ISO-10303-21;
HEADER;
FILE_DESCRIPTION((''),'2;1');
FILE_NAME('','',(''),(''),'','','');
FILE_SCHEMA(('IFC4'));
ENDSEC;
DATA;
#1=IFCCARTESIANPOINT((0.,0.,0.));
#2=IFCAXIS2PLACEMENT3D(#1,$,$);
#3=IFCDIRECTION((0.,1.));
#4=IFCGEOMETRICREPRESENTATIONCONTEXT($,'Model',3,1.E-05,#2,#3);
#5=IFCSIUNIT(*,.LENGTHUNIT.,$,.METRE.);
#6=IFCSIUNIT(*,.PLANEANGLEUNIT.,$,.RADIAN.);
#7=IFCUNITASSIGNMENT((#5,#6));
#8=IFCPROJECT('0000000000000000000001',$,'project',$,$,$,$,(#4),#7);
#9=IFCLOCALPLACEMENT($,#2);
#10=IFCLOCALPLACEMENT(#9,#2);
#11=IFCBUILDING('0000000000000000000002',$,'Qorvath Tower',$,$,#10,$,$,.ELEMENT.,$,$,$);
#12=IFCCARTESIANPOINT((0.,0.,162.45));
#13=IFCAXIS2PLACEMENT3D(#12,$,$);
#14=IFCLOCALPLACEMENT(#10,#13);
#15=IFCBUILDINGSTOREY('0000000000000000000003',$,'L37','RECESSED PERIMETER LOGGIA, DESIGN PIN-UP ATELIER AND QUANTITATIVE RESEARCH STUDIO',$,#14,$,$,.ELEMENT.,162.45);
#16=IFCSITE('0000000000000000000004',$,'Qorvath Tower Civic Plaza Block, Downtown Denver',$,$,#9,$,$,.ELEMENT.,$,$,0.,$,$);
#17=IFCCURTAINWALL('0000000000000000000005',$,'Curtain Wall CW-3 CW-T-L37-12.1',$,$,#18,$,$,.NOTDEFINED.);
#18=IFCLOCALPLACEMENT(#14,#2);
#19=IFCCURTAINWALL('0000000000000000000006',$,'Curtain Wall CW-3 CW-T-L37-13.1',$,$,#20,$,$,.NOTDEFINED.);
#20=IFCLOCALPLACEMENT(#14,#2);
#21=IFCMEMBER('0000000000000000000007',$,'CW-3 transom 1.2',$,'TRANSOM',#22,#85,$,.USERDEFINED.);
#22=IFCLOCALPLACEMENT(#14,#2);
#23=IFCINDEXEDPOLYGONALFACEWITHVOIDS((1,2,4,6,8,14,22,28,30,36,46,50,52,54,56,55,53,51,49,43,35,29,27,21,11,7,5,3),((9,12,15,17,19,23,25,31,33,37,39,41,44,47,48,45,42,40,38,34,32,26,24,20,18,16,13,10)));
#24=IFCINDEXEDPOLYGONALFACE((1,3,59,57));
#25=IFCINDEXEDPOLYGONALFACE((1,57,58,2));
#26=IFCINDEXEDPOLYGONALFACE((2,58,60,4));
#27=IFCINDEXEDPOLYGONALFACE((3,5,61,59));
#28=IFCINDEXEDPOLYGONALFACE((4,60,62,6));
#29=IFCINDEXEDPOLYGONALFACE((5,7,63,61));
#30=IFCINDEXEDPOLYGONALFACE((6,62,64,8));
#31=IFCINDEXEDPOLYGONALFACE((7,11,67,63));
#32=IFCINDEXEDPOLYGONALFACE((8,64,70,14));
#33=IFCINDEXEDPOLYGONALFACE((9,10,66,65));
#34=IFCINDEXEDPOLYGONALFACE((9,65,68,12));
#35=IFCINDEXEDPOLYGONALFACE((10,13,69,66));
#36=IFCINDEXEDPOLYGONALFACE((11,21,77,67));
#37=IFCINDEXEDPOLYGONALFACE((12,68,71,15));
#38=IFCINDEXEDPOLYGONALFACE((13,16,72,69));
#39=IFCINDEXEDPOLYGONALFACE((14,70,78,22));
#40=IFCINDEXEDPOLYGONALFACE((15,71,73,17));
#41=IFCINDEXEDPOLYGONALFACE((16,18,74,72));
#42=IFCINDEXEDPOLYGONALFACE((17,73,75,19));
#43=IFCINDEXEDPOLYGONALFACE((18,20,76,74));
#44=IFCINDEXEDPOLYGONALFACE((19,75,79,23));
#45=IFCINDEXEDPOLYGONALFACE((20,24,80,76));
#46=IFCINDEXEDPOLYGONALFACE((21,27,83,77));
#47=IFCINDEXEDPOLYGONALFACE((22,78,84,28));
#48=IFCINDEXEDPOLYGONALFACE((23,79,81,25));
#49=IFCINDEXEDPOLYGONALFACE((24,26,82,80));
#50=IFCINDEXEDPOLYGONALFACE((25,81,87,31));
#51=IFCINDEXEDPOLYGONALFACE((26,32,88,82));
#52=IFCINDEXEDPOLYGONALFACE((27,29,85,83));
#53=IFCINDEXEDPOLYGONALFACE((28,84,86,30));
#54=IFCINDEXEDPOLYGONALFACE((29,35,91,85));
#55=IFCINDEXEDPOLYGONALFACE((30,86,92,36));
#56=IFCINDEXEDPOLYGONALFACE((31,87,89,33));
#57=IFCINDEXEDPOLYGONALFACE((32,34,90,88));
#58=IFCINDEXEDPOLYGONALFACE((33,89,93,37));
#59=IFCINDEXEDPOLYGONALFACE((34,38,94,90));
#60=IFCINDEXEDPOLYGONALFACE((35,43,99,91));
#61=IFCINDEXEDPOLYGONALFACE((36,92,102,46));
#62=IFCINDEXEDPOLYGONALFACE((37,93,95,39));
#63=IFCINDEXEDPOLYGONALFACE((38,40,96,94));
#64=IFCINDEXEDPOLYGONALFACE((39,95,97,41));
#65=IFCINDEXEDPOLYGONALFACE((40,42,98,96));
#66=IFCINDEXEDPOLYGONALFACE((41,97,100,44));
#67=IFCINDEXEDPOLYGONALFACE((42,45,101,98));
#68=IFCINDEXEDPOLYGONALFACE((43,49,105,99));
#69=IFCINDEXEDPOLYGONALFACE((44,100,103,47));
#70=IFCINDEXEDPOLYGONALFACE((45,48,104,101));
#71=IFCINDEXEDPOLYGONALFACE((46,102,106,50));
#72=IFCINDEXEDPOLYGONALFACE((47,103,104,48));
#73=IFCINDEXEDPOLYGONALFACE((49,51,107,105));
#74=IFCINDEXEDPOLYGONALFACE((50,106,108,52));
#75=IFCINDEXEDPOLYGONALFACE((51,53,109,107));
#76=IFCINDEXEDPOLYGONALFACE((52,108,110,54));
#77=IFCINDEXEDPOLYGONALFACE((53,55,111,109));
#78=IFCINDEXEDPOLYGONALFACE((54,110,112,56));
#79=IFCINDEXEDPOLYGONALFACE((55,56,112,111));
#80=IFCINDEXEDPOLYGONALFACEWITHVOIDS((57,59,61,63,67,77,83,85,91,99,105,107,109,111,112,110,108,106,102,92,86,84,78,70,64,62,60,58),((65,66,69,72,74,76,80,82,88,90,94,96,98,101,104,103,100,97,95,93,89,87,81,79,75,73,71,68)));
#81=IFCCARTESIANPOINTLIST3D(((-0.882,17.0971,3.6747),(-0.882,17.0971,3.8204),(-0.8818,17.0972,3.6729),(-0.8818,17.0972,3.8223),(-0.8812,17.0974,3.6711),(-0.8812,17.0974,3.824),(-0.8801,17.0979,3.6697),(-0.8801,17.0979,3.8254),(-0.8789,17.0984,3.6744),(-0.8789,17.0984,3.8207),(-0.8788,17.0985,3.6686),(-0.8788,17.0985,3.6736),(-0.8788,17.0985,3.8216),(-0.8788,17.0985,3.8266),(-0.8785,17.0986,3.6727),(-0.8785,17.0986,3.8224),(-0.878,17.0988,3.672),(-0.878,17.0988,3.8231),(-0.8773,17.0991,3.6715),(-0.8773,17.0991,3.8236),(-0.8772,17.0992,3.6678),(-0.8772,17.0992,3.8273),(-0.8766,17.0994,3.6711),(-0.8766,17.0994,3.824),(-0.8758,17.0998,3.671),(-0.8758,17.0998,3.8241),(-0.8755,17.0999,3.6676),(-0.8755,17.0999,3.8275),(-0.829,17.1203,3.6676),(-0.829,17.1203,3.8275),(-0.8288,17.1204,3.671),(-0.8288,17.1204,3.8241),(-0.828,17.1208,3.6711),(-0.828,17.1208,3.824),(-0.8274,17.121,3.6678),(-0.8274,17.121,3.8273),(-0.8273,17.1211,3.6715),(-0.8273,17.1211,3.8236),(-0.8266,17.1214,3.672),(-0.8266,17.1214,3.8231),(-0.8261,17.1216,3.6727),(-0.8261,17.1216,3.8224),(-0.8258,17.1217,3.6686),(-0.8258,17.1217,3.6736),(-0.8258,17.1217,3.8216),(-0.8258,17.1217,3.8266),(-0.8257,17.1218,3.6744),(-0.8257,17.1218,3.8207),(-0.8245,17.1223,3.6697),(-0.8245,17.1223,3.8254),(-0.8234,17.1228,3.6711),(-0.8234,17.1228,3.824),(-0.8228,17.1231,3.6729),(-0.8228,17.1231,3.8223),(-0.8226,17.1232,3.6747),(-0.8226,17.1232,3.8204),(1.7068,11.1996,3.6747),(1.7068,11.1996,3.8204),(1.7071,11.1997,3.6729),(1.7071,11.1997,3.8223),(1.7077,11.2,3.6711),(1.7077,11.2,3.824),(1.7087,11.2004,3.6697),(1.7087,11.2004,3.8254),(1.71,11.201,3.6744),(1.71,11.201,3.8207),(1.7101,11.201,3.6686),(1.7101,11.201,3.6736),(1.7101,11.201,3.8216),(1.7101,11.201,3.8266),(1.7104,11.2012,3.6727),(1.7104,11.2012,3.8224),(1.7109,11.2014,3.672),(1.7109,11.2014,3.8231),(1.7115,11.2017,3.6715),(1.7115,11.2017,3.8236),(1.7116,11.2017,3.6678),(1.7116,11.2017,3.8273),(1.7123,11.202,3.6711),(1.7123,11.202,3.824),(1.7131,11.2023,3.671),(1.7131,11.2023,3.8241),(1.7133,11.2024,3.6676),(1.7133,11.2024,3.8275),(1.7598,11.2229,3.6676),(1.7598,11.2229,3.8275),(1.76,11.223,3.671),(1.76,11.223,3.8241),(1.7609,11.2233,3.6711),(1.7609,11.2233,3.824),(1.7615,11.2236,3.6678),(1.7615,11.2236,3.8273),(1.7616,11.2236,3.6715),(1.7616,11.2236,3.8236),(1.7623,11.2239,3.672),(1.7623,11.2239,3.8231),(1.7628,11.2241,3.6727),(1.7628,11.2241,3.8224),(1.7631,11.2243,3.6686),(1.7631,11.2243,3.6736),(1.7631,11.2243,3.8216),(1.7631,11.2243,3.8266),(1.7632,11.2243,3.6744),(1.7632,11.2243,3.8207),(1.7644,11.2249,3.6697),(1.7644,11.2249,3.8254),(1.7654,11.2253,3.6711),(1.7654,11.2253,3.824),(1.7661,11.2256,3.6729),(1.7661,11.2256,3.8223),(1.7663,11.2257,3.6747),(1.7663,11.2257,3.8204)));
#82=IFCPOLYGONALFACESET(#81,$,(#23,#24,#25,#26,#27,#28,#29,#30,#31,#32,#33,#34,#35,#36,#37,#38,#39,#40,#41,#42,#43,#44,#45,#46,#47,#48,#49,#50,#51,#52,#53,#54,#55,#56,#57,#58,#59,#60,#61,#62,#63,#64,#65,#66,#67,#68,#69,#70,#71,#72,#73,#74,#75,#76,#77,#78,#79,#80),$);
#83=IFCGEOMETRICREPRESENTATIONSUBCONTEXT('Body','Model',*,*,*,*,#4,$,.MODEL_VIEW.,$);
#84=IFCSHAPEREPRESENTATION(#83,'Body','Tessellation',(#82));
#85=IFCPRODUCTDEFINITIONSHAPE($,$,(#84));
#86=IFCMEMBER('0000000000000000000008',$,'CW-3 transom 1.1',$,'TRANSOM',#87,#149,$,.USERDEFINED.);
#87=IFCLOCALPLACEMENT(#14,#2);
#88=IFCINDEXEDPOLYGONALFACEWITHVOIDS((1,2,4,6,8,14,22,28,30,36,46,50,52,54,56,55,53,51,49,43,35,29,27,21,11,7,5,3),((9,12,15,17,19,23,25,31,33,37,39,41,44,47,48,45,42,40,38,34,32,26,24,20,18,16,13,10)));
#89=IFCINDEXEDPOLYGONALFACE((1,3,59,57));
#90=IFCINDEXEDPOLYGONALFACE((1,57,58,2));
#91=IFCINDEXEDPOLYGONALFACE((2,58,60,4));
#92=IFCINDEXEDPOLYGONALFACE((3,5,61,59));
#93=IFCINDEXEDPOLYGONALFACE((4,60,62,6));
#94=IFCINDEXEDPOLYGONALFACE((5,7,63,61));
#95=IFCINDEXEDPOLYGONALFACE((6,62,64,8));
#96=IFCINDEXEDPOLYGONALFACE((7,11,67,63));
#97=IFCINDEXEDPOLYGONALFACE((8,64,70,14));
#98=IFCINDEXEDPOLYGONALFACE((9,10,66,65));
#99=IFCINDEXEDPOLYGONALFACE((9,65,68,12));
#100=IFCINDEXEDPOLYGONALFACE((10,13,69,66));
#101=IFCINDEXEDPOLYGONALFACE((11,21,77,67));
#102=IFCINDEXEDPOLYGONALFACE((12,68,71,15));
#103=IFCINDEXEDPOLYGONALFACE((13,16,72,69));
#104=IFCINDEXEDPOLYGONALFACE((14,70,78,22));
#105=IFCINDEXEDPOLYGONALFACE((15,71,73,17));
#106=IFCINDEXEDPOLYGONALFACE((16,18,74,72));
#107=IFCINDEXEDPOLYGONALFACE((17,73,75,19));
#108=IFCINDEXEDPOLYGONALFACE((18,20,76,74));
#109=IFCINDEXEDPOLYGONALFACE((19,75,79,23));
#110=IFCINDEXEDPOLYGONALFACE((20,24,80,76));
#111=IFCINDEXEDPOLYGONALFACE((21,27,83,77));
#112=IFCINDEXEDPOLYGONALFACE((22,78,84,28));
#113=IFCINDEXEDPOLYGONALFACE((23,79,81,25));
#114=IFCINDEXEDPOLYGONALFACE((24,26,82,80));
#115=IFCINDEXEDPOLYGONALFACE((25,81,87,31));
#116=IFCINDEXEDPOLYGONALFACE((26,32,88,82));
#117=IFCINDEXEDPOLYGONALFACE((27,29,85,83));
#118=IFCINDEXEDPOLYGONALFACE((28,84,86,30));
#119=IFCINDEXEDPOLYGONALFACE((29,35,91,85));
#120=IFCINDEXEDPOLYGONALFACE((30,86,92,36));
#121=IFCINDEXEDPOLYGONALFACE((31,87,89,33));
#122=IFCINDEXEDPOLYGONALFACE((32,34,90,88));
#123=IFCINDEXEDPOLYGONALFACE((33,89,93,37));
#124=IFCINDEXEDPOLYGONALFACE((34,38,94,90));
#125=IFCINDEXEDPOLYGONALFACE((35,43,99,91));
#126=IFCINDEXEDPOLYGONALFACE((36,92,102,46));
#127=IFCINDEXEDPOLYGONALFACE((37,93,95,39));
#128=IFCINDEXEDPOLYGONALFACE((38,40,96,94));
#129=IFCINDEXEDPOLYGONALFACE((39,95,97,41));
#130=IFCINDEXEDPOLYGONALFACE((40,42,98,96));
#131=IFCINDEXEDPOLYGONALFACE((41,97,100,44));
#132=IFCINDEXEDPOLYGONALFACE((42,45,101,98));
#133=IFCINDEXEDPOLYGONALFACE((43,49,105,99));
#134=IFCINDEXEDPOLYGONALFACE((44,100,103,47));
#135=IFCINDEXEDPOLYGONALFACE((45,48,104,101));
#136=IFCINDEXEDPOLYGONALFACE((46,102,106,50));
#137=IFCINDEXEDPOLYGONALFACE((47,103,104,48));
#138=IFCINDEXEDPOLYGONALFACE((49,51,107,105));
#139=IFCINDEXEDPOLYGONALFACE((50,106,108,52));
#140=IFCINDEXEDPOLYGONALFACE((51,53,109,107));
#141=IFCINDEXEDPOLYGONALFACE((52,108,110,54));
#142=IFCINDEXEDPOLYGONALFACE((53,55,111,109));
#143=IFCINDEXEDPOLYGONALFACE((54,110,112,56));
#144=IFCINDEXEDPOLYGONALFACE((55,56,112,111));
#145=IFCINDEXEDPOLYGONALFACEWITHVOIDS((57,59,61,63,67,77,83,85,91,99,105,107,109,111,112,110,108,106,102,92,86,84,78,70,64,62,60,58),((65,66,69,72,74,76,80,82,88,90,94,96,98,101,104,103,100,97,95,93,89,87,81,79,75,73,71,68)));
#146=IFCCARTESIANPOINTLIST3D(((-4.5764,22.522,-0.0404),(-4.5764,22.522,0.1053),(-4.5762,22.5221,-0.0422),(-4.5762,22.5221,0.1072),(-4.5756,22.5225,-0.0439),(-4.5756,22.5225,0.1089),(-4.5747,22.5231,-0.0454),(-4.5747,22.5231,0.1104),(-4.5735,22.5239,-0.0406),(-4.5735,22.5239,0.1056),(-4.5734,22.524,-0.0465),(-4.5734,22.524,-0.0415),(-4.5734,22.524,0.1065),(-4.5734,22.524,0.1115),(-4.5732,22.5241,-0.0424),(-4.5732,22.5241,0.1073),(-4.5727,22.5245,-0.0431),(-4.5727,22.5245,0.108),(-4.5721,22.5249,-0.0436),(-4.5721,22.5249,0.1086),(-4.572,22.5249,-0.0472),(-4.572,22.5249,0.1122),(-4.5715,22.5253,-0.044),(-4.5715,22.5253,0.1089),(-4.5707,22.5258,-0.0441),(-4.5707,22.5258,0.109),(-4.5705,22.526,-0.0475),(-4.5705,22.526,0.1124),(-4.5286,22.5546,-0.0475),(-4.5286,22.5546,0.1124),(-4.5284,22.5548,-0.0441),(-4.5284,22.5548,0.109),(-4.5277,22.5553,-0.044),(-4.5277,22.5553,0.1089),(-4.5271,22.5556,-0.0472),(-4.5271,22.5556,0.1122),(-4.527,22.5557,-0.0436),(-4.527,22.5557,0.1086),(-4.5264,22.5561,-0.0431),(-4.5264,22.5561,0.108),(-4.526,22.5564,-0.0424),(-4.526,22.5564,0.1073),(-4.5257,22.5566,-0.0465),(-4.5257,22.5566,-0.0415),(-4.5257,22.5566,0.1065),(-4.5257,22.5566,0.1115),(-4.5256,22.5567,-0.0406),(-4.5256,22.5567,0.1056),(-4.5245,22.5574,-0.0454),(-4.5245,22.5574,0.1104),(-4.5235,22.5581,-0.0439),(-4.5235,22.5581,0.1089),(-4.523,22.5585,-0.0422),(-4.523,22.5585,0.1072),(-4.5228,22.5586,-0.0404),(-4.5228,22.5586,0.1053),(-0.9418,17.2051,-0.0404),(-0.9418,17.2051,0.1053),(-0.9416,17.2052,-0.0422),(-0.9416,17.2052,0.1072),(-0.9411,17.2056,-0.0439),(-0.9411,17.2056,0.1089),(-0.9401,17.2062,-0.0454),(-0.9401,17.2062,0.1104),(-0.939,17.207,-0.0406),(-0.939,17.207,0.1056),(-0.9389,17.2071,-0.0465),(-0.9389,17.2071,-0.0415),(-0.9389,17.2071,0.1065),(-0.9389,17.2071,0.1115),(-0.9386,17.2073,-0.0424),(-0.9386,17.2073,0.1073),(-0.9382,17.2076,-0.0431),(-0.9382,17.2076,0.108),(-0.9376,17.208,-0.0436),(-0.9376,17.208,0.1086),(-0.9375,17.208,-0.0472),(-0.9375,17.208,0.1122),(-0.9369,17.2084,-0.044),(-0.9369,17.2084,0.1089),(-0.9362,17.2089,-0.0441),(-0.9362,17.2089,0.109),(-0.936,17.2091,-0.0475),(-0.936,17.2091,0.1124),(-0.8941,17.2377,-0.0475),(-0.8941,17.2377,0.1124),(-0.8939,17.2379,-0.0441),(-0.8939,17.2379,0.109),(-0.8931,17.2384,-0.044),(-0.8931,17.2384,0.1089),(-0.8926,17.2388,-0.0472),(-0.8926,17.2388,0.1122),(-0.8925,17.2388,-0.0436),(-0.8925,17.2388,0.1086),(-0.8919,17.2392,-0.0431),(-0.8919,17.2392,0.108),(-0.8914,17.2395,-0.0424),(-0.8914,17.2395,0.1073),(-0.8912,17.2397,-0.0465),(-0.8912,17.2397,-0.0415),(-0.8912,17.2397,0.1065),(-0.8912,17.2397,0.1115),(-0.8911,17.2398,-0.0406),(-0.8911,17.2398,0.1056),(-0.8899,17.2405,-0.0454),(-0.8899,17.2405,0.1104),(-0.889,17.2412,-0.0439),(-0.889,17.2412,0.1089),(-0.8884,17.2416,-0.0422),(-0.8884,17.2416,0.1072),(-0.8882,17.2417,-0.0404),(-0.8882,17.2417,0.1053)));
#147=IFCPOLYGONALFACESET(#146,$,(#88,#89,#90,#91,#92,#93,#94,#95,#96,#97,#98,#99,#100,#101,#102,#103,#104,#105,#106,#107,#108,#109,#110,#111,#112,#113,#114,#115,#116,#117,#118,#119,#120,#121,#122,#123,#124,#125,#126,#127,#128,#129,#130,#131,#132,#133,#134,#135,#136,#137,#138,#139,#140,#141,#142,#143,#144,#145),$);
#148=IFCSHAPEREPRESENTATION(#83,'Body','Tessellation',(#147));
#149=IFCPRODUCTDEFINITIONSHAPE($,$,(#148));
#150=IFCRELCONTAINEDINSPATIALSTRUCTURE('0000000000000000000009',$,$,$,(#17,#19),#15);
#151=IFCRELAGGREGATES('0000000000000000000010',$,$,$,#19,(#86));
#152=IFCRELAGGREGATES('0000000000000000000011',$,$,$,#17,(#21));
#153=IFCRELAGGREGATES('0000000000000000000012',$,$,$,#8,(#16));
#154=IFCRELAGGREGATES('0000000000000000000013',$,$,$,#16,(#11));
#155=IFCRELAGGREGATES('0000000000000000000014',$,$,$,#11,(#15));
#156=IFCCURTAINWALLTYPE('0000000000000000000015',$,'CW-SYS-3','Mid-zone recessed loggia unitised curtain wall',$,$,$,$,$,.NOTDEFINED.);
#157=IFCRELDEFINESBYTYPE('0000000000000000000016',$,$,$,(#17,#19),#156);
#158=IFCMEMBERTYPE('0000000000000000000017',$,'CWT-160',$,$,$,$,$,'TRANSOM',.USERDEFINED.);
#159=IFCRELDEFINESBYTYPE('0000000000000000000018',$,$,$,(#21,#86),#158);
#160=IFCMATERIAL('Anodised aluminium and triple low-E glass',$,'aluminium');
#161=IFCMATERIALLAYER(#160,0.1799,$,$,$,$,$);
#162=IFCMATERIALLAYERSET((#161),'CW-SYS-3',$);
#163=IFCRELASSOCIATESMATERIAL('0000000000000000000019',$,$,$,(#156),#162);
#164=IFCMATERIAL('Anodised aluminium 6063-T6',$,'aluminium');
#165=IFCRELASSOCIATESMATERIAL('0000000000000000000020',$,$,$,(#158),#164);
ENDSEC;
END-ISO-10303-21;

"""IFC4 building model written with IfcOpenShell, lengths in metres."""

from ifc_helpers import new_model, si_unit, direction, frame, origin, origin_2d, place, context, subcontext, project, spatial, hollow_rectangle, extrude, material, layer, layer_set, material_profile, profile_set, type_object, element, aggregate, save


model = new_model("IFC4")

# Units and contexts
model_context = context("Model", 3, precision=1e-05, world=origin(), true_north=direction((0.0, 1.0)))
body_context = subcontext(model_context, "Body", "Model", "MODEL_VIEW")
ifc_project = project(units=[si_unit("LENGTHUNIT", "METRE"), si_unit("PLANEANGLEUNIT", "RADIAN")], contexts=[model_context])

# Site, building, storey
site_placement = place(None, origin())
site = spatial("IfcSite", under=ifc_project, at=site_placement, Name="Qorvath Tower Civic Plaza Block, Downtown Denver", CompositionType="ELEMENT", RefElevation=0.0)
building_placement = place(site_placement, origin())
building = spatial("IfcBuilding", under=site, at=building_placement, Name="Qorvath Tower", CompositionType="ELEMENT")
storey_placement = place(building_placement, frame((0.0, 0.0, 162.45)))
storey = spatial("IfcBuildingStorey", under=building, at=storey_placement, Name="L37", Description="RECESSED PERIMETER LOGGIA, DESIGN PIN-UP ATELIER AND QUANTITATIVE RESEARCH STUDIO", CompositionType="ELEMENT", Elevation=162.45)

# Shared definitions
ifc_material_1 = material(Name="Anodised aluminium and triple low-E glass", Category="aluminium")
ifc_layer_1 = layer(ifc_material_1, 0.1799)
ifc_layer_set_1 = layer_set([ifc_layer_1], Name="CW-SYS-3")
curtain_wall_type = type_object("IfcCurtainWallType", Name="CW-SYS-3", Description="Mid-zone recessed loggia unitised curtain wall", PredefinedType="NOTDEFINED", material=ifc_layer_set_1)

# Curtain wall
curtain_wall_1_placement = place(storey_placement, origin())
curtain_wall_1 = element("IfcCurtainWall", 1, at=curtain_wall_1_placement, inside=storey, type_object=curtain_wall_type, Name="Curtain Wall CW-3 CW-T-L37-12.1", PredefinedType="NOTDEFINED")

# Curtain wall
curtain_wall_2_placement = place(storey_placement, origin())
curtain_wall_2 = element("IfcCurtainWall", 2, at=curtain_wall_2_placement, inside=storey, type_object=curtain_wall_type, Name="Curtain Wall CW-3 CW-T-L37-13.1", PredefinedType="NOTDEFINED")

# Members
ifc_material_2 = material(Name="Anodised aluminium 6063-T6", Category="aluminium")
ifc_material_profile_1 = material_profile(ifc_material_2, hollow_rectangle(XDim=0.0649, YDim=0.1599, WallThickness=0.0034, InnerFilletRadius=0.0034, OuterFilletRadius=0.0071, at=origin_2d()), Name="CWT 160x65")
ifc_profile_set_1 = profile_set([ifc_material_profile_1], Name="Anodised aluminium 6063-T6")
member_type_1 = type_object("IfcMemberType", Name="CWT-160", ElementType="TRANSOM", PredefinedType="USERDEFINED", material=ifc_profile_set_1)
member_1_placement = place(storey_placement, frame((1.7366, 11.2126, 3.7476), z_axis=(-0.401956, 0.915659, 0.0), x_axis=(-0.915659, -0.401956, 0.0)))
member_1 = element("IfcMember", 3, at=member_1_placement, type_object=member_type_1, Name="CW-3 transom 1.2", ObjectType="TRANSOM", PredefinedType="USERDEFINED", context=body_context, shape_type="SweptSolid", body=[
    extrude(hollow_rectangle(XDim=0.0649, YDim=0.1599, WallThickness=0.0034, InnerFilletRadius=0.0034, OuterFilletRadius=0.0071, at=origin_2d()), origin(), (0.0, 0.0, 1.0), 6.4407),
])
member_2_placement = place(storey_placement, frame((-0.915, 17.2234, 0.0325), z_axis=(-0.564329, 0.82555, 0.0), x_axis=(-0.82555, -0.564329, 0.0)))
member_2 = element("IfcMember", 4, at=member_2_placement, type_object=member_type_1, Name="CW-3 transom 1.1", ObjectType="TRANSOM", PredefinedType="USERDEFINED", context=body_context, shape_type="SweptSolid", body=[
    extrude(hollow_rectangle(XDim=0.0649, YDim=0.1599, WallThickness=0.0034, InnerFilletRadius=0.0034, OuterFilletRadius=0.0071, at=origin_2d()), origin(), (0.0, 0.0, 1.0), 6.4404),
])
aggregate(curtain_wall_2, [member_2])

aggregate(curtain_wall_1, [member_1])

save(model, "model.ifc")
